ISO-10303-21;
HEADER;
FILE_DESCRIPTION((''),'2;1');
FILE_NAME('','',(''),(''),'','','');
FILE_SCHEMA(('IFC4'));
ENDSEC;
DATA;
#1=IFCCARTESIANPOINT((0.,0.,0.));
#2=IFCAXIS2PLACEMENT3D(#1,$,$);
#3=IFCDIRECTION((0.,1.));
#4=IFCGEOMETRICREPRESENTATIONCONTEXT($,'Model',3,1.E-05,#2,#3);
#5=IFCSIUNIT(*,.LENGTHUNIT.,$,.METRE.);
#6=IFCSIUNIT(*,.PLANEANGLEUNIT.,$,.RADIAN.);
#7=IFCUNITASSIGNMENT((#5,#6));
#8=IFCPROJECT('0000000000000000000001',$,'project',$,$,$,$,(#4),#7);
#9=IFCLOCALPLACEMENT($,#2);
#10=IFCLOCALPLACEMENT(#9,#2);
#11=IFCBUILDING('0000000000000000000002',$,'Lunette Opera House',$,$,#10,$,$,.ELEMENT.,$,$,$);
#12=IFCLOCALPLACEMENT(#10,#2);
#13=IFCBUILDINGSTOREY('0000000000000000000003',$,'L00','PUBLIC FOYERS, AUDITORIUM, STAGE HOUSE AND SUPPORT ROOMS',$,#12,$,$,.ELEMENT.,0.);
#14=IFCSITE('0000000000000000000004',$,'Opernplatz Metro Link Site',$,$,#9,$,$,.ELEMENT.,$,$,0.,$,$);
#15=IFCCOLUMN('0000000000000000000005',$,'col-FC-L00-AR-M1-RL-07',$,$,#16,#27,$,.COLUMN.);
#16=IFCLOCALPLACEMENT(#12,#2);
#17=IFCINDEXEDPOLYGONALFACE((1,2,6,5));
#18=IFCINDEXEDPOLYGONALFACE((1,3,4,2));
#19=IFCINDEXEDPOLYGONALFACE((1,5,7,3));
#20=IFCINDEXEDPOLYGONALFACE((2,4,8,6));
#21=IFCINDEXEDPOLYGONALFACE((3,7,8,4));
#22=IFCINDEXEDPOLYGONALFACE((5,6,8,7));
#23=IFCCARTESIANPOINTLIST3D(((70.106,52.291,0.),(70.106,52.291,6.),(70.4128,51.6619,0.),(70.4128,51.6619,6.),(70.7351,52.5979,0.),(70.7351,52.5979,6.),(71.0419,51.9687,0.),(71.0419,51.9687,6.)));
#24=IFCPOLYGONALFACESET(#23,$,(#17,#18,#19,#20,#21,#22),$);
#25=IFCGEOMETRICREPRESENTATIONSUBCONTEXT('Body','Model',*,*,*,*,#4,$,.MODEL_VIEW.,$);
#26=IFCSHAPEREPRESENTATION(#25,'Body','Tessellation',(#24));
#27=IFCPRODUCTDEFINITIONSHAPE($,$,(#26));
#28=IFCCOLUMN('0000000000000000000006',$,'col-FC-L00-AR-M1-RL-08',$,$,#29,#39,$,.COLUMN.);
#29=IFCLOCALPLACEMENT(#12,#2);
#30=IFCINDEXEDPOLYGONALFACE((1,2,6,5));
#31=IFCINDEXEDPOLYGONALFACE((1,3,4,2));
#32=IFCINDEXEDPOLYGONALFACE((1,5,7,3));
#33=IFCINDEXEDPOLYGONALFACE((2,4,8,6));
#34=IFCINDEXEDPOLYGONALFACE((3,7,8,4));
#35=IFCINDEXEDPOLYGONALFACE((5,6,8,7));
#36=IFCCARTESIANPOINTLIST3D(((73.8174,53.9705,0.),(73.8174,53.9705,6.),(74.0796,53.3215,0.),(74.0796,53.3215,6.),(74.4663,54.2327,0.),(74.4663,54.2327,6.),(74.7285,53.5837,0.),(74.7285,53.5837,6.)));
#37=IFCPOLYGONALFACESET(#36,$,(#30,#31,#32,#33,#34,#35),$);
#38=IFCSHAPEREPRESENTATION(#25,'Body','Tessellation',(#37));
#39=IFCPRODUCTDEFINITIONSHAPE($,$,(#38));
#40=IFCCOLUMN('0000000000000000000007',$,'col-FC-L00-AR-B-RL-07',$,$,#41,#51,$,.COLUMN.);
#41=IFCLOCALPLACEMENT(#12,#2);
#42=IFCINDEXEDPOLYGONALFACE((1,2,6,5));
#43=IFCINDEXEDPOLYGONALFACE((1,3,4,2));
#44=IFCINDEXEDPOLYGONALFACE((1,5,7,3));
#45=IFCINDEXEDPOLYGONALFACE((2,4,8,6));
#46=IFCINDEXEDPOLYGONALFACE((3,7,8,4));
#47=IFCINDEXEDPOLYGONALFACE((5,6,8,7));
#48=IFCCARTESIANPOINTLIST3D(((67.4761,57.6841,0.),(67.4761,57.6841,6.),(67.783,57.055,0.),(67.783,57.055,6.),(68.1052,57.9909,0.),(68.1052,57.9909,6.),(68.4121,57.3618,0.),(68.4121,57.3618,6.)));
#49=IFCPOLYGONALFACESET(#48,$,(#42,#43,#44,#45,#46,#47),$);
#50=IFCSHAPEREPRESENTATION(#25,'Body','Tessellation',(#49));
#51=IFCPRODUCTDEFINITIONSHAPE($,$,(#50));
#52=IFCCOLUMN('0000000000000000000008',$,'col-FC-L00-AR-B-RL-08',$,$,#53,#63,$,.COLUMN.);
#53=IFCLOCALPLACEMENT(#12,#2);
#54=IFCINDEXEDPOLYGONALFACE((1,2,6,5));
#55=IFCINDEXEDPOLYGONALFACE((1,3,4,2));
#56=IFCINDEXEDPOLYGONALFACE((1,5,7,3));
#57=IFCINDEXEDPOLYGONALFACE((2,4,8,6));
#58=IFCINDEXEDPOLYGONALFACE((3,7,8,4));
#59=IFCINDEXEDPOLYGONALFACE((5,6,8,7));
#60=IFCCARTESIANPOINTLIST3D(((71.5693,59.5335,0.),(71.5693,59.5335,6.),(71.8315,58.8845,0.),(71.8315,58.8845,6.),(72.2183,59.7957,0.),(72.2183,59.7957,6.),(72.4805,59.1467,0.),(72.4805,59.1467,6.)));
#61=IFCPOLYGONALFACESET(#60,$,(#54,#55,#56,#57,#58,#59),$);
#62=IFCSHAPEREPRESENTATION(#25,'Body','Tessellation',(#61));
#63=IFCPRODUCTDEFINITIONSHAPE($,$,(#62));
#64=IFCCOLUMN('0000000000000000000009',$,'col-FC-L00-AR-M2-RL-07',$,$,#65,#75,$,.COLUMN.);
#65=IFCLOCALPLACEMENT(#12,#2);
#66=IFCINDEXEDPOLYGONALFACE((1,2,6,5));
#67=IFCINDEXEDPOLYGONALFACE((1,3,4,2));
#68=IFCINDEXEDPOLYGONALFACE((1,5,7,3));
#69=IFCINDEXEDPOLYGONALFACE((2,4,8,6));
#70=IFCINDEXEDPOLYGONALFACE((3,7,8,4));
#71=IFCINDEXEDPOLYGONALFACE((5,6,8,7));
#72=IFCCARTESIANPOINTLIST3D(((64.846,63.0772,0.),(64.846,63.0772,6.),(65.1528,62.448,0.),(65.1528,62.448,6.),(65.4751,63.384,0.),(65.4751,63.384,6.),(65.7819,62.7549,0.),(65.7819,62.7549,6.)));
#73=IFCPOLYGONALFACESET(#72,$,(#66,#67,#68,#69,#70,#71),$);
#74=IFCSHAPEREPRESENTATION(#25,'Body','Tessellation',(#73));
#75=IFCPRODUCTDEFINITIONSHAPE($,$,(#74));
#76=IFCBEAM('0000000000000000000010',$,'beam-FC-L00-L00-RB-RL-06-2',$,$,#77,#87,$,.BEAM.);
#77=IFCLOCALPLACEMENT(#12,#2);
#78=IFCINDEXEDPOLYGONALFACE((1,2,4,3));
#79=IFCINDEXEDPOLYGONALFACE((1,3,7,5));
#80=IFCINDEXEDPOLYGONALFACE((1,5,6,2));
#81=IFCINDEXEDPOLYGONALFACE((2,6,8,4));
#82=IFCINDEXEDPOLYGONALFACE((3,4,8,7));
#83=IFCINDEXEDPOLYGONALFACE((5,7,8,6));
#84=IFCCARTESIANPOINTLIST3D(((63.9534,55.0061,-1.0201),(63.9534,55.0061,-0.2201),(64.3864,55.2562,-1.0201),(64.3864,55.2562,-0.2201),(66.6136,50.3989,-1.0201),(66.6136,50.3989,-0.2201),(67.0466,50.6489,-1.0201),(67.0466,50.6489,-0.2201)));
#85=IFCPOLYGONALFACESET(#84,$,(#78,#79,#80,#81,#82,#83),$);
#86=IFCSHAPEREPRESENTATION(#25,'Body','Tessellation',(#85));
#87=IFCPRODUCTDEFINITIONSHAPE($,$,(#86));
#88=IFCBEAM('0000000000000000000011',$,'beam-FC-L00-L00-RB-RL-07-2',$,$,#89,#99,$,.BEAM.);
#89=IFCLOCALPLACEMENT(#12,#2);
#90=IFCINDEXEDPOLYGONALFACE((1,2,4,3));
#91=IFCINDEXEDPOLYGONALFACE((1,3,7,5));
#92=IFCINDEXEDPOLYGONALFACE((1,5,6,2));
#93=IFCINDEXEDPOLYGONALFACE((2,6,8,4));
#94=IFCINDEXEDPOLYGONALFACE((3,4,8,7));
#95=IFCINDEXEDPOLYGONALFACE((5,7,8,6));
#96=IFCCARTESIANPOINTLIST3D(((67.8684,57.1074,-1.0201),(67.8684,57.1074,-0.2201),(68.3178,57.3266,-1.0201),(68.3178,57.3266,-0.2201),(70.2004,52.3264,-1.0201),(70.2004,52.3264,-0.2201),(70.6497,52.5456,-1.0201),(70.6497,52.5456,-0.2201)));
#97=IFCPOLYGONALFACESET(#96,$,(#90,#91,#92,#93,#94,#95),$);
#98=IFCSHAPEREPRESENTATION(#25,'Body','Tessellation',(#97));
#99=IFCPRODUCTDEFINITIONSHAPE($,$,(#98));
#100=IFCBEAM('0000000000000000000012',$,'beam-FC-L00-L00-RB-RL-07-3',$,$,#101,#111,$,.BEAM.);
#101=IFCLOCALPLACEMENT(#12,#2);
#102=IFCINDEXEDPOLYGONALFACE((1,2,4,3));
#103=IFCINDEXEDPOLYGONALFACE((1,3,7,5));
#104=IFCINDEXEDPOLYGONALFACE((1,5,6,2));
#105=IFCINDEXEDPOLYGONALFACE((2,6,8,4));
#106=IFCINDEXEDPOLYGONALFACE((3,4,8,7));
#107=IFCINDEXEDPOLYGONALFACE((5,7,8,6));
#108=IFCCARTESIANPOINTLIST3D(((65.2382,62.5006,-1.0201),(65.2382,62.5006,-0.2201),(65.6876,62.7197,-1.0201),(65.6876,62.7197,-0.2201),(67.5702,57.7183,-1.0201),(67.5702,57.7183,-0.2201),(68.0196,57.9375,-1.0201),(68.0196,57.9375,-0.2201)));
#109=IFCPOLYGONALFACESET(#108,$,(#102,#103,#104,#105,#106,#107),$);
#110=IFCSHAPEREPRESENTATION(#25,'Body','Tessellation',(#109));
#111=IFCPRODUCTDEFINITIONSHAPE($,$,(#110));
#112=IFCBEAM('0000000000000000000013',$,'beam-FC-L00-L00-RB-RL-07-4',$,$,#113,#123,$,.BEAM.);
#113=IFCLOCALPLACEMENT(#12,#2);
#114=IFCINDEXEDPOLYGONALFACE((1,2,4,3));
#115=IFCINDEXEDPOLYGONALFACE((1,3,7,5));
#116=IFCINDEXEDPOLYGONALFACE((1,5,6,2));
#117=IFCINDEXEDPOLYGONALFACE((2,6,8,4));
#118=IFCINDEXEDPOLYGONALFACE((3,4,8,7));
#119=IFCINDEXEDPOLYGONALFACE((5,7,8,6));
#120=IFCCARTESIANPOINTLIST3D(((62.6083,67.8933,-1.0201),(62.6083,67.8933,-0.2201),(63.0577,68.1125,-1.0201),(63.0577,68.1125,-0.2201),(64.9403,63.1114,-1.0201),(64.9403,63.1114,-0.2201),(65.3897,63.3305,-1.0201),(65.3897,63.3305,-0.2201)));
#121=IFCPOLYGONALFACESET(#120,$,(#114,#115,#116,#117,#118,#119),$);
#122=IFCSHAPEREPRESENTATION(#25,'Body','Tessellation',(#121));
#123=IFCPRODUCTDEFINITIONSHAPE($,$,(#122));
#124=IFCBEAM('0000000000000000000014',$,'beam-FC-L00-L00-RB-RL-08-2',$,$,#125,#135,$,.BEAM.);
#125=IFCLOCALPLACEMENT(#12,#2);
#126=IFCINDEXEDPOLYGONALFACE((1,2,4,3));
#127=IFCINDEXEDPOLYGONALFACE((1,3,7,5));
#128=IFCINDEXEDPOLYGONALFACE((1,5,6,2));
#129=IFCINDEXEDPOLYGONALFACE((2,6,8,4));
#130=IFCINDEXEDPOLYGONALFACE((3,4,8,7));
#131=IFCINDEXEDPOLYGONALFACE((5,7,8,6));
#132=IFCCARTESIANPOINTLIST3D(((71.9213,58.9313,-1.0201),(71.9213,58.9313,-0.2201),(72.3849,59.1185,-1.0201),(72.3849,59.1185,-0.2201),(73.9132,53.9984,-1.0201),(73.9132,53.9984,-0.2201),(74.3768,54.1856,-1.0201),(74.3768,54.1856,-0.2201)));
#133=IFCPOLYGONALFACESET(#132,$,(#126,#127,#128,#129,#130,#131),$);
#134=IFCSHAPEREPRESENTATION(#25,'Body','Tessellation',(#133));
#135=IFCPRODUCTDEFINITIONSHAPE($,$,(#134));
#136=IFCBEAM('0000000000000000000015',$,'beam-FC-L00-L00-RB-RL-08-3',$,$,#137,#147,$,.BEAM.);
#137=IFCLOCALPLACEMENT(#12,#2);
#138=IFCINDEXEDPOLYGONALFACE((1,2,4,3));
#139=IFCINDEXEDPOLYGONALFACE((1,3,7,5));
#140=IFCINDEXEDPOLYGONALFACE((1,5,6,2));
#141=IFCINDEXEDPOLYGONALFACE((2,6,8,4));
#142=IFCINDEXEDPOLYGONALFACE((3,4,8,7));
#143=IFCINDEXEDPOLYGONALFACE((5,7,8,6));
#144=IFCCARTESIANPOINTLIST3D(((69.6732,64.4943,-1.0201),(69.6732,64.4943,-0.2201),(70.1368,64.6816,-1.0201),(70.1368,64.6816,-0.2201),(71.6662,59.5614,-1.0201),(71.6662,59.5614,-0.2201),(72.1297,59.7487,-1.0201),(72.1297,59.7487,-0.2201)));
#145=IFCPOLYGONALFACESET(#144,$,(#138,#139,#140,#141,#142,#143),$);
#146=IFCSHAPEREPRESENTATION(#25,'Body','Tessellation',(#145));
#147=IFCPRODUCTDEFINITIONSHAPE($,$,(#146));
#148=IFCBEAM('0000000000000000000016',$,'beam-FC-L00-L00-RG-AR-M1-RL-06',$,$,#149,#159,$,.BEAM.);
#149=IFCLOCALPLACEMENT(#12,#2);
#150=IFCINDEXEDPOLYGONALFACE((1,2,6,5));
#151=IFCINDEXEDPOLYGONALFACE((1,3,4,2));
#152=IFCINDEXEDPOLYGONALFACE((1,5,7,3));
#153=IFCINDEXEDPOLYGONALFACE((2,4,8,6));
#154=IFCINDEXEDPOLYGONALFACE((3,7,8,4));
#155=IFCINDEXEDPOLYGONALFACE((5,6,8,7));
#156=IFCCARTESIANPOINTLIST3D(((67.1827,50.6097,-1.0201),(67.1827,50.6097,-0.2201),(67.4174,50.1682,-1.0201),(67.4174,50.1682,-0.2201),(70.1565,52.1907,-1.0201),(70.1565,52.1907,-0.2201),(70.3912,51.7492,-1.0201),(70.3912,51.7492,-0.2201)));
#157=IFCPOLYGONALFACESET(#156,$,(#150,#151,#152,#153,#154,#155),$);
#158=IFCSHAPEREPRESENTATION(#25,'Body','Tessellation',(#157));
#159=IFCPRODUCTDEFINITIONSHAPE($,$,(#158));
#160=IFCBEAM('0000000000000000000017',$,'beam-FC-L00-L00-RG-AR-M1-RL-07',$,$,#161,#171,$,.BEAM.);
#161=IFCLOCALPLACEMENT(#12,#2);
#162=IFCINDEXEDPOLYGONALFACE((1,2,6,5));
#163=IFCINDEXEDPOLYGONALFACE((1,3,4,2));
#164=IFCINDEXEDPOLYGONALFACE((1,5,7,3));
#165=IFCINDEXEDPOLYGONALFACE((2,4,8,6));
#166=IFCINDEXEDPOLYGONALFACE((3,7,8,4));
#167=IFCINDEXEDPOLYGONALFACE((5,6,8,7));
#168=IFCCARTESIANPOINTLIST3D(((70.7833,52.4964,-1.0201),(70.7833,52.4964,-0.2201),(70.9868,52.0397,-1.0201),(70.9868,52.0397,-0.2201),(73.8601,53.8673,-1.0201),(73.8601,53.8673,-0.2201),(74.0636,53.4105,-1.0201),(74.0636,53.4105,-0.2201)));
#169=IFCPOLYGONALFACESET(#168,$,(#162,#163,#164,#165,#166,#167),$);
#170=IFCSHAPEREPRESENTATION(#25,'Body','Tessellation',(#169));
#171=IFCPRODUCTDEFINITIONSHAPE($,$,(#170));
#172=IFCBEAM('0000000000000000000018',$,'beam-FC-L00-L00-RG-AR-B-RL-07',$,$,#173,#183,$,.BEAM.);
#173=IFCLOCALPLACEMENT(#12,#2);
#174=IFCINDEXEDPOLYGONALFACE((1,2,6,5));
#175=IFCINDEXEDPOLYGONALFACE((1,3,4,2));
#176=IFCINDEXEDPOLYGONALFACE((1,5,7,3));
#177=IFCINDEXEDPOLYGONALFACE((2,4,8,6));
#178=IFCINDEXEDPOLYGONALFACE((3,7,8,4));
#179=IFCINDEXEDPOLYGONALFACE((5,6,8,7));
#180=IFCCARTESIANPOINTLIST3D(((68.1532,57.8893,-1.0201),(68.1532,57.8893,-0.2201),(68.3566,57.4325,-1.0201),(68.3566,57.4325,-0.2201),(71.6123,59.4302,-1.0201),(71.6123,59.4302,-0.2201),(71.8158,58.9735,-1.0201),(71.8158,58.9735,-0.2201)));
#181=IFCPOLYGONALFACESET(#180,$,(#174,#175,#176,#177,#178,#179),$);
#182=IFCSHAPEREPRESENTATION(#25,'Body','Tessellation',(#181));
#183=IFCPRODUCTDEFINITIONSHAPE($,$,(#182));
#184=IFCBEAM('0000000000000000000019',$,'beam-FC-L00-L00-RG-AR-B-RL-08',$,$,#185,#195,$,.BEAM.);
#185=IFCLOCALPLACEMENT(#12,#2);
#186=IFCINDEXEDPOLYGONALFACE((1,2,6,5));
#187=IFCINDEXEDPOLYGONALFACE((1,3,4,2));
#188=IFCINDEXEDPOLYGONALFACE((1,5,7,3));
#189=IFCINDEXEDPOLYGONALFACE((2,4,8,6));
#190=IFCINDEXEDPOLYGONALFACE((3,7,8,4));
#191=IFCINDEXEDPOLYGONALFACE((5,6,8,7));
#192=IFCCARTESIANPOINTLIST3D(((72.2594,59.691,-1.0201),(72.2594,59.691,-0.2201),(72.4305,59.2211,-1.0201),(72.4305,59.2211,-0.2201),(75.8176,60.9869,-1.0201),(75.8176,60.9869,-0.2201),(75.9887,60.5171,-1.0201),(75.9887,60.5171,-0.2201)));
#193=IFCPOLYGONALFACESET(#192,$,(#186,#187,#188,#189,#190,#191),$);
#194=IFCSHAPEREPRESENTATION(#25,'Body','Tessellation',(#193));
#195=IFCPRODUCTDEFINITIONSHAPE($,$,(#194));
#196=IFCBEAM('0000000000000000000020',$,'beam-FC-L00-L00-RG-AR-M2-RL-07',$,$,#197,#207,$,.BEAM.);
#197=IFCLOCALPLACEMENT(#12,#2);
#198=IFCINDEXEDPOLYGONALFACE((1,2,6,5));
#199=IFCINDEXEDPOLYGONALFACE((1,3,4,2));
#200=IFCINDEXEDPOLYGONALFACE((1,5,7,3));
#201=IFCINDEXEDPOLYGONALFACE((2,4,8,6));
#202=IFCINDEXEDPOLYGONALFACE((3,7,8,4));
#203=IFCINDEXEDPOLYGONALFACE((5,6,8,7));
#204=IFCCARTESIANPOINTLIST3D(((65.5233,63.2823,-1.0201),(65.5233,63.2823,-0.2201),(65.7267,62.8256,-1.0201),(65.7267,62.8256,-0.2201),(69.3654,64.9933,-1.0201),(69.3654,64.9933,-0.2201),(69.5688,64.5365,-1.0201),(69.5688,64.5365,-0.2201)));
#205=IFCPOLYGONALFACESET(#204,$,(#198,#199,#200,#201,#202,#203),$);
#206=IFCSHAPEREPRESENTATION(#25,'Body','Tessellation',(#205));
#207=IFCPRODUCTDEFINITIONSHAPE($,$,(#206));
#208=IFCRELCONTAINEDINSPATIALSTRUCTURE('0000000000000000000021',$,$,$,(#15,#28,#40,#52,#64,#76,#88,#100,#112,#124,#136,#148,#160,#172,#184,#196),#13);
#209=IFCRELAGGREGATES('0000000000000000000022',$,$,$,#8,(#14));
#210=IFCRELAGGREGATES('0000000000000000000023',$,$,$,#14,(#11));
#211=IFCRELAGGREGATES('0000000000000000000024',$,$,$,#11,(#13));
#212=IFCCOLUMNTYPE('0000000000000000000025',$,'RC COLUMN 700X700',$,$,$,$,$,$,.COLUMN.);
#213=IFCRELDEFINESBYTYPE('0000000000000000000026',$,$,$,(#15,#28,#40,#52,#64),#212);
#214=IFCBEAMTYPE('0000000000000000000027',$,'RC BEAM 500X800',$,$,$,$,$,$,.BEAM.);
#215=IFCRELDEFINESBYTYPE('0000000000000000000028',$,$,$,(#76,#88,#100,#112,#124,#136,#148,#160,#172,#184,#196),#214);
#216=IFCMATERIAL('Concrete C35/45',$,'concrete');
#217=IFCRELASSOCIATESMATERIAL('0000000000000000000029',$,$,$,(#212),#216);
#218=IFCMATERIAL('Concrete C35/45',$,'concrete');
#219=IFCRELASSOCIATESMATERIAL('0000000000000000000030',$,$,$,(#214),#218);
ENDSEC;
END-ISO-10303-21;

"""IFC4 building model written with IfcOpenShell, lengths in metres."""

from ifc_helpers import new_model, si_unit, direction, frame, origin, origin_2d, place, context, subcontext, project, spatial, rectangle, extrude, material, material_profile, profile_set, type_object, element, save


model = new_model("IFC4")

# Units and contexts
model_context = context("Model", 3, precision=1e-05, world=origin(), true_north=direction((0.0, 1.0)))
body_context = subcontext(model_context, "Body", "Model", "MODEL_VIEW")
ifc_project = project(units=[si_unit("LENGTHUNIT", "METRE"), si_unit("PLANEANGLEUNIT", "RADIAN")], contexts=[model_context])

# Site, building, storey
site_placement = place(None, origin())
site = spatial("IfcSite", under=ifc_project, at=site_placement, Name="Opernplatz Metro Link Site", CompositionType="ELEMENT", RefElevation=0.0)
building_placement = place(site_placement, origin())
building = spatial("IfcBuilding", under=site, at=building_placement, Name="Lunette Opera House", CompositionType="ELEMENT")
storey_placement = place(building_placement, origin())
storey = spatial("IfcBuildingStorey", under=building, at=storey_placement, Name="L00", Description="PUBLIC FOYERS, AUDITORIUM, STAGE HOUSE AND SUPPORT ROOMS", CompositionType="ELEMENT", Elevation=0.0)

# Columns
ifc_material_1 = material(Name="Concrete C35/45", Category="concrete")
ifc_material_profile_1 = material_profile(ifc_material_1, rectangle(XDim=0.7, YDim=0.7, at=origin_2d()), Name="RC COLUMN 700X700")
ifc_profile_set_1 = profile_set([ifc_material_profile_1], Name="Concrete C35/45")
column_type = type_object("IfcColumnType", Name="RC COLUMN 700X700", PredefinedType="COLUMN", material=ifc_profile_set_1)
for number, where, z_axis, x_axis, name in (
    (1, (70.574, 52.1299, 0.0), (0.0, 0.0, 1.0), (0.898794, 0.438371, 0.0), "col-FC-L00-AR-M1-RL-07"),
    (2, (74.2729, 53.7771, 0.0), (0.0, 0.0, 1.0), (0.927184, 0.374607, 0.0), "col-FC-L00-AR-M1-RL-08"),
    (3, (67.9441, 57.5229, 0.0), (0.0, 0.0, 1.0), (0.898794, 0.438371, 0.0), "col-FC-L00-AR-B-RL-07"),
    (4, (72.0249, 59.3401, 0.0), (0.0, 0.0, 1.0), (0.927184, 0.374607, 0.0), "col-FC-L00-AR-B-RL-08"),
    (5, (65.314, 62.916, 0.0), (0.0, 0.0, 1.0), (0.898794, 0.438371, 0.0), "col-FC-L00-AR-M2-RL-07"),
):
    element("IfcColumn", number, at=place(storey_placement, frame(where, z_axis=z_axis, x_axis=x_axis)), inside=storey, type_object=column_type, Name=name, PredefinedType="COLUMN", context=body_context, shape_type="SweptSolid", body=[
        extrude(rectangle(XDim=0.7, YDim=0.7, at=origin_2d()), origin(), (0.0, 0.0, 1.0), 6.0),
    ])

# Beams
ifc_material_2 = material(Name="Concrete C35/45", Category="concrete")
ifc_material_profile_2 = material_profile(ifc_material_2, rectangle(XDim=0.5, YDim=0.8, at=origin_2d()), Name="RC BEAM 500X800")
ifc_profile_set_2 = profile_set([ifc_material_profile_2], Name="Concrete C35/45")
beam_type = type_object("IfcBeamType", Name="RC BEAM 500X800", PredefinedType="BEAM", material=ifc_profile_set_2)
beam_1_placement = place(storey_placement, frame((66.8301, 50.5239, -0.6201), z_axis=(-0.500028, 0.866009, 0.0), x_axis=(-0.866009, -0.500028, 0.0)))
element("IfcBeam", 6, at=beam_1_placement, inside=storey, type_object=beam_type, Name="beam-FC-L00-L00-RB-RL-06-2", PredefinedType="BEAM", context=body_context, shape_type="SweptSolid", body=[
    extrude(rectangle(XDim=0.5, YDim=0.8, at=origin_2d()), origin(), (0.0, 0.0, 1.0), 5.3201),
])
beam_2_placement = place(storey_placement, frame((70.425, 52.436, -0.6201), z_axis=(-0.438398, 0.898781, 0.0), x_axis=(-0.898781, -0.438398, 0.0)))
element("IfcBeam", 7, at=beam_2_placement, inside=storey, type_object=beam_type, Name="beam-FC-L00-L00-RB-RL-07-2", PredefinedType="BEAM", context=body_context, shape_type="SweptSolid", body=[
    extrude(rectangle(XDim=0.5, YDim=0.8, at=origin_2d()), origin(), (0.0, 0.0, 1.0), 5.3193),
])
beam_3_placement = place(storey_placement, frame((67.7949, 57.8279, -0.6201), z_axis=(-0.438308, 0.898825, 0.0), x_axis=(-0.898825, -0.438308, 0.0)))
element("IfcBeam", 8, at=beam_3_placement, inside=storey, type_object=beam_type, Name="beam-FC-L00-L00-RB-RL-07-3", PredefinedType="BEAM", context=body_context, shape_type="SweptSolid", body=[
    extrude(rectangle(XDim=0.5, YDim=0.8, at=origin_2d()), origin(), (0.0, 0.0, 1.0), 5.3206),
])
beam_4_placement = place(storey_placement, frame((65.165, 63.2209, -0.6201), z_axis=(-0.438326, 0.898816, 0.0), x_axis=(-0.898816, -0.438326, 0.0)))
element("IfcBeam", 9, at=beam_4_placement, inside=storey, type_object=beam_type, Name="beam-FC-L00-L00-RB-RL-07-4", PredefinedType="BEAM", context=body_context, shape_type="SweptSolid", body=[
    extrude(rectangle(XDim=0.5, YDim=0.8, at=origin_2d()), origin(), (0.0, 0.0, 1.0), 5.3203),
])
beam_5_placement = place(storey_placement, frame((74.145, 54.092, -0.6201), z_axis=(-0.374435, 0.927253, 0.0), x_axis=(-0.927253, -0.374435, 0.0)))
element("IfcBeam", 10, at=beam_5_placement, inside=storey, type_object=beam_type, Name="beam-FC-L00-L00-RB-RL-08-2", PredefinedType="BEAM", context=body_context, shape_type="SweptSolid", body=[
    extrude(rectangle(XDim=0.5, YDim=0.8, at=origin_2d()), origin(), (0.0, 0.0, 1.0), 5.3198),
])
beam_6_placement = place(storey_placement, frame((71.8979, 59.655, -0.6201), z_axis=(-0.374593, 0.927189, 0.0), x_axis=(-0.927189, -0.374593, 0.0)))
element("IfcBeam", 11, at=beam_6_placement, inside=storey, type_object=beam_type, Name="beam-FC-L00-L00-RB-RL-08-3", PredefinedType="BEAM", context=body_context, shape_type="SweptSolid", body=[
    extrude(rectangle(XDim=0.5, YDim=0.8, at=origin_2d()), origin(), (0.0, 0.0, 1.0), 5.3203),
])
beam_7_placement = place(storey_placement, frame((67.3, 50.3889, -0.6201), z_axis=(0.88297, 0.469429, 0.0), x_axis=(-0.469429, 0.88297, 0.0)))
element("IfcBeam", 12, at=beam_7_placement, inside=storey, type_object=beam_type, Name="beam-FC-L00-L00-RG-AR-M1-RL-06", PredefinedType="BEAM", context=body_context, shape_type="SweptSolid", body=[
    extrude(rectangle(XDim=0.5, YDim=0.8, at=origin_2d()), origin(), (0.0, 0.0, 1.0), 3.3679),
])
beam_8_placement = place(storey_placement, frame((70.885, 52.2681, -0.6201), z_axis=(0.913444, 0.406965, 0.0), x_axis=(-0.406965, 0.913444, 0.0)))
element("IfcBeam", 13, at=beam_8_placement, inside=storey, type_object=beam_type, Name="beam-FC-L00-L00-RG-AR-M1-RL-07", PredefinedType="BEAM", context=body_context, shape_type="SweptSolid", body=[
    extrude(rectangle(XDim=0.5, YDim=0.8, at=origin_2d()), origin(), (0.0, 0.0, 1.0), 3.3684),
])
for number, where, z_axis, x_axis, name in (
    (14, (68.2549, 57.6609, -0.6201), (0.91346, 0.406928, 0.0), (-0.406928, 0.91346, 0.0), "beam-FC-L00-L00-RG-AR-B-RL-07"),
    (15, (72.345, 59.4561, -0.6201), (0.93962, 0.342219, 0.0), (-0.342219, 0.93962, 0.0), "beam-FC-L00-L00-RG-AR-B-RL-08"),
):
    element("IfcBeam", number, at=place(storey_placement, frame(where, z_axis=z_axis, x_axis=x_axis)), inside=storey, type_object=beam_type, Name=name, PredefinedType="BEAM", context=body_context, shape_type="SweptSolid", body=[
        extrude(rectangle(XDim=0.5, YDim=0.8, at=origin_2d()), origin(), (0.0, 0.0, 1.0), 3.7869),
    ])
beam_9_placement = place(storey_placement, frame((65.625, 63.054, -0.6201), z_axis=(0.913514, 0.406806, 0.0), x_axis=(-0.406806, 0.913514, 0.0)))
element("IfcBeam", 16, at=beam_9_placement, inside=storey, type_object=beam_type, Name="beam-FC-L00-L00-RG-AR-M2-RL-07", PredefinedType="BEAM", context=body_context, shape_type="SweptSolid", body=[
    extrude(rectangle(XDim=0.5, YDim=0.8, at=origin_2d()), origin(), (0.0, 0.0, 1.0), 4.2058),
])

save(model, "model.ifc")
